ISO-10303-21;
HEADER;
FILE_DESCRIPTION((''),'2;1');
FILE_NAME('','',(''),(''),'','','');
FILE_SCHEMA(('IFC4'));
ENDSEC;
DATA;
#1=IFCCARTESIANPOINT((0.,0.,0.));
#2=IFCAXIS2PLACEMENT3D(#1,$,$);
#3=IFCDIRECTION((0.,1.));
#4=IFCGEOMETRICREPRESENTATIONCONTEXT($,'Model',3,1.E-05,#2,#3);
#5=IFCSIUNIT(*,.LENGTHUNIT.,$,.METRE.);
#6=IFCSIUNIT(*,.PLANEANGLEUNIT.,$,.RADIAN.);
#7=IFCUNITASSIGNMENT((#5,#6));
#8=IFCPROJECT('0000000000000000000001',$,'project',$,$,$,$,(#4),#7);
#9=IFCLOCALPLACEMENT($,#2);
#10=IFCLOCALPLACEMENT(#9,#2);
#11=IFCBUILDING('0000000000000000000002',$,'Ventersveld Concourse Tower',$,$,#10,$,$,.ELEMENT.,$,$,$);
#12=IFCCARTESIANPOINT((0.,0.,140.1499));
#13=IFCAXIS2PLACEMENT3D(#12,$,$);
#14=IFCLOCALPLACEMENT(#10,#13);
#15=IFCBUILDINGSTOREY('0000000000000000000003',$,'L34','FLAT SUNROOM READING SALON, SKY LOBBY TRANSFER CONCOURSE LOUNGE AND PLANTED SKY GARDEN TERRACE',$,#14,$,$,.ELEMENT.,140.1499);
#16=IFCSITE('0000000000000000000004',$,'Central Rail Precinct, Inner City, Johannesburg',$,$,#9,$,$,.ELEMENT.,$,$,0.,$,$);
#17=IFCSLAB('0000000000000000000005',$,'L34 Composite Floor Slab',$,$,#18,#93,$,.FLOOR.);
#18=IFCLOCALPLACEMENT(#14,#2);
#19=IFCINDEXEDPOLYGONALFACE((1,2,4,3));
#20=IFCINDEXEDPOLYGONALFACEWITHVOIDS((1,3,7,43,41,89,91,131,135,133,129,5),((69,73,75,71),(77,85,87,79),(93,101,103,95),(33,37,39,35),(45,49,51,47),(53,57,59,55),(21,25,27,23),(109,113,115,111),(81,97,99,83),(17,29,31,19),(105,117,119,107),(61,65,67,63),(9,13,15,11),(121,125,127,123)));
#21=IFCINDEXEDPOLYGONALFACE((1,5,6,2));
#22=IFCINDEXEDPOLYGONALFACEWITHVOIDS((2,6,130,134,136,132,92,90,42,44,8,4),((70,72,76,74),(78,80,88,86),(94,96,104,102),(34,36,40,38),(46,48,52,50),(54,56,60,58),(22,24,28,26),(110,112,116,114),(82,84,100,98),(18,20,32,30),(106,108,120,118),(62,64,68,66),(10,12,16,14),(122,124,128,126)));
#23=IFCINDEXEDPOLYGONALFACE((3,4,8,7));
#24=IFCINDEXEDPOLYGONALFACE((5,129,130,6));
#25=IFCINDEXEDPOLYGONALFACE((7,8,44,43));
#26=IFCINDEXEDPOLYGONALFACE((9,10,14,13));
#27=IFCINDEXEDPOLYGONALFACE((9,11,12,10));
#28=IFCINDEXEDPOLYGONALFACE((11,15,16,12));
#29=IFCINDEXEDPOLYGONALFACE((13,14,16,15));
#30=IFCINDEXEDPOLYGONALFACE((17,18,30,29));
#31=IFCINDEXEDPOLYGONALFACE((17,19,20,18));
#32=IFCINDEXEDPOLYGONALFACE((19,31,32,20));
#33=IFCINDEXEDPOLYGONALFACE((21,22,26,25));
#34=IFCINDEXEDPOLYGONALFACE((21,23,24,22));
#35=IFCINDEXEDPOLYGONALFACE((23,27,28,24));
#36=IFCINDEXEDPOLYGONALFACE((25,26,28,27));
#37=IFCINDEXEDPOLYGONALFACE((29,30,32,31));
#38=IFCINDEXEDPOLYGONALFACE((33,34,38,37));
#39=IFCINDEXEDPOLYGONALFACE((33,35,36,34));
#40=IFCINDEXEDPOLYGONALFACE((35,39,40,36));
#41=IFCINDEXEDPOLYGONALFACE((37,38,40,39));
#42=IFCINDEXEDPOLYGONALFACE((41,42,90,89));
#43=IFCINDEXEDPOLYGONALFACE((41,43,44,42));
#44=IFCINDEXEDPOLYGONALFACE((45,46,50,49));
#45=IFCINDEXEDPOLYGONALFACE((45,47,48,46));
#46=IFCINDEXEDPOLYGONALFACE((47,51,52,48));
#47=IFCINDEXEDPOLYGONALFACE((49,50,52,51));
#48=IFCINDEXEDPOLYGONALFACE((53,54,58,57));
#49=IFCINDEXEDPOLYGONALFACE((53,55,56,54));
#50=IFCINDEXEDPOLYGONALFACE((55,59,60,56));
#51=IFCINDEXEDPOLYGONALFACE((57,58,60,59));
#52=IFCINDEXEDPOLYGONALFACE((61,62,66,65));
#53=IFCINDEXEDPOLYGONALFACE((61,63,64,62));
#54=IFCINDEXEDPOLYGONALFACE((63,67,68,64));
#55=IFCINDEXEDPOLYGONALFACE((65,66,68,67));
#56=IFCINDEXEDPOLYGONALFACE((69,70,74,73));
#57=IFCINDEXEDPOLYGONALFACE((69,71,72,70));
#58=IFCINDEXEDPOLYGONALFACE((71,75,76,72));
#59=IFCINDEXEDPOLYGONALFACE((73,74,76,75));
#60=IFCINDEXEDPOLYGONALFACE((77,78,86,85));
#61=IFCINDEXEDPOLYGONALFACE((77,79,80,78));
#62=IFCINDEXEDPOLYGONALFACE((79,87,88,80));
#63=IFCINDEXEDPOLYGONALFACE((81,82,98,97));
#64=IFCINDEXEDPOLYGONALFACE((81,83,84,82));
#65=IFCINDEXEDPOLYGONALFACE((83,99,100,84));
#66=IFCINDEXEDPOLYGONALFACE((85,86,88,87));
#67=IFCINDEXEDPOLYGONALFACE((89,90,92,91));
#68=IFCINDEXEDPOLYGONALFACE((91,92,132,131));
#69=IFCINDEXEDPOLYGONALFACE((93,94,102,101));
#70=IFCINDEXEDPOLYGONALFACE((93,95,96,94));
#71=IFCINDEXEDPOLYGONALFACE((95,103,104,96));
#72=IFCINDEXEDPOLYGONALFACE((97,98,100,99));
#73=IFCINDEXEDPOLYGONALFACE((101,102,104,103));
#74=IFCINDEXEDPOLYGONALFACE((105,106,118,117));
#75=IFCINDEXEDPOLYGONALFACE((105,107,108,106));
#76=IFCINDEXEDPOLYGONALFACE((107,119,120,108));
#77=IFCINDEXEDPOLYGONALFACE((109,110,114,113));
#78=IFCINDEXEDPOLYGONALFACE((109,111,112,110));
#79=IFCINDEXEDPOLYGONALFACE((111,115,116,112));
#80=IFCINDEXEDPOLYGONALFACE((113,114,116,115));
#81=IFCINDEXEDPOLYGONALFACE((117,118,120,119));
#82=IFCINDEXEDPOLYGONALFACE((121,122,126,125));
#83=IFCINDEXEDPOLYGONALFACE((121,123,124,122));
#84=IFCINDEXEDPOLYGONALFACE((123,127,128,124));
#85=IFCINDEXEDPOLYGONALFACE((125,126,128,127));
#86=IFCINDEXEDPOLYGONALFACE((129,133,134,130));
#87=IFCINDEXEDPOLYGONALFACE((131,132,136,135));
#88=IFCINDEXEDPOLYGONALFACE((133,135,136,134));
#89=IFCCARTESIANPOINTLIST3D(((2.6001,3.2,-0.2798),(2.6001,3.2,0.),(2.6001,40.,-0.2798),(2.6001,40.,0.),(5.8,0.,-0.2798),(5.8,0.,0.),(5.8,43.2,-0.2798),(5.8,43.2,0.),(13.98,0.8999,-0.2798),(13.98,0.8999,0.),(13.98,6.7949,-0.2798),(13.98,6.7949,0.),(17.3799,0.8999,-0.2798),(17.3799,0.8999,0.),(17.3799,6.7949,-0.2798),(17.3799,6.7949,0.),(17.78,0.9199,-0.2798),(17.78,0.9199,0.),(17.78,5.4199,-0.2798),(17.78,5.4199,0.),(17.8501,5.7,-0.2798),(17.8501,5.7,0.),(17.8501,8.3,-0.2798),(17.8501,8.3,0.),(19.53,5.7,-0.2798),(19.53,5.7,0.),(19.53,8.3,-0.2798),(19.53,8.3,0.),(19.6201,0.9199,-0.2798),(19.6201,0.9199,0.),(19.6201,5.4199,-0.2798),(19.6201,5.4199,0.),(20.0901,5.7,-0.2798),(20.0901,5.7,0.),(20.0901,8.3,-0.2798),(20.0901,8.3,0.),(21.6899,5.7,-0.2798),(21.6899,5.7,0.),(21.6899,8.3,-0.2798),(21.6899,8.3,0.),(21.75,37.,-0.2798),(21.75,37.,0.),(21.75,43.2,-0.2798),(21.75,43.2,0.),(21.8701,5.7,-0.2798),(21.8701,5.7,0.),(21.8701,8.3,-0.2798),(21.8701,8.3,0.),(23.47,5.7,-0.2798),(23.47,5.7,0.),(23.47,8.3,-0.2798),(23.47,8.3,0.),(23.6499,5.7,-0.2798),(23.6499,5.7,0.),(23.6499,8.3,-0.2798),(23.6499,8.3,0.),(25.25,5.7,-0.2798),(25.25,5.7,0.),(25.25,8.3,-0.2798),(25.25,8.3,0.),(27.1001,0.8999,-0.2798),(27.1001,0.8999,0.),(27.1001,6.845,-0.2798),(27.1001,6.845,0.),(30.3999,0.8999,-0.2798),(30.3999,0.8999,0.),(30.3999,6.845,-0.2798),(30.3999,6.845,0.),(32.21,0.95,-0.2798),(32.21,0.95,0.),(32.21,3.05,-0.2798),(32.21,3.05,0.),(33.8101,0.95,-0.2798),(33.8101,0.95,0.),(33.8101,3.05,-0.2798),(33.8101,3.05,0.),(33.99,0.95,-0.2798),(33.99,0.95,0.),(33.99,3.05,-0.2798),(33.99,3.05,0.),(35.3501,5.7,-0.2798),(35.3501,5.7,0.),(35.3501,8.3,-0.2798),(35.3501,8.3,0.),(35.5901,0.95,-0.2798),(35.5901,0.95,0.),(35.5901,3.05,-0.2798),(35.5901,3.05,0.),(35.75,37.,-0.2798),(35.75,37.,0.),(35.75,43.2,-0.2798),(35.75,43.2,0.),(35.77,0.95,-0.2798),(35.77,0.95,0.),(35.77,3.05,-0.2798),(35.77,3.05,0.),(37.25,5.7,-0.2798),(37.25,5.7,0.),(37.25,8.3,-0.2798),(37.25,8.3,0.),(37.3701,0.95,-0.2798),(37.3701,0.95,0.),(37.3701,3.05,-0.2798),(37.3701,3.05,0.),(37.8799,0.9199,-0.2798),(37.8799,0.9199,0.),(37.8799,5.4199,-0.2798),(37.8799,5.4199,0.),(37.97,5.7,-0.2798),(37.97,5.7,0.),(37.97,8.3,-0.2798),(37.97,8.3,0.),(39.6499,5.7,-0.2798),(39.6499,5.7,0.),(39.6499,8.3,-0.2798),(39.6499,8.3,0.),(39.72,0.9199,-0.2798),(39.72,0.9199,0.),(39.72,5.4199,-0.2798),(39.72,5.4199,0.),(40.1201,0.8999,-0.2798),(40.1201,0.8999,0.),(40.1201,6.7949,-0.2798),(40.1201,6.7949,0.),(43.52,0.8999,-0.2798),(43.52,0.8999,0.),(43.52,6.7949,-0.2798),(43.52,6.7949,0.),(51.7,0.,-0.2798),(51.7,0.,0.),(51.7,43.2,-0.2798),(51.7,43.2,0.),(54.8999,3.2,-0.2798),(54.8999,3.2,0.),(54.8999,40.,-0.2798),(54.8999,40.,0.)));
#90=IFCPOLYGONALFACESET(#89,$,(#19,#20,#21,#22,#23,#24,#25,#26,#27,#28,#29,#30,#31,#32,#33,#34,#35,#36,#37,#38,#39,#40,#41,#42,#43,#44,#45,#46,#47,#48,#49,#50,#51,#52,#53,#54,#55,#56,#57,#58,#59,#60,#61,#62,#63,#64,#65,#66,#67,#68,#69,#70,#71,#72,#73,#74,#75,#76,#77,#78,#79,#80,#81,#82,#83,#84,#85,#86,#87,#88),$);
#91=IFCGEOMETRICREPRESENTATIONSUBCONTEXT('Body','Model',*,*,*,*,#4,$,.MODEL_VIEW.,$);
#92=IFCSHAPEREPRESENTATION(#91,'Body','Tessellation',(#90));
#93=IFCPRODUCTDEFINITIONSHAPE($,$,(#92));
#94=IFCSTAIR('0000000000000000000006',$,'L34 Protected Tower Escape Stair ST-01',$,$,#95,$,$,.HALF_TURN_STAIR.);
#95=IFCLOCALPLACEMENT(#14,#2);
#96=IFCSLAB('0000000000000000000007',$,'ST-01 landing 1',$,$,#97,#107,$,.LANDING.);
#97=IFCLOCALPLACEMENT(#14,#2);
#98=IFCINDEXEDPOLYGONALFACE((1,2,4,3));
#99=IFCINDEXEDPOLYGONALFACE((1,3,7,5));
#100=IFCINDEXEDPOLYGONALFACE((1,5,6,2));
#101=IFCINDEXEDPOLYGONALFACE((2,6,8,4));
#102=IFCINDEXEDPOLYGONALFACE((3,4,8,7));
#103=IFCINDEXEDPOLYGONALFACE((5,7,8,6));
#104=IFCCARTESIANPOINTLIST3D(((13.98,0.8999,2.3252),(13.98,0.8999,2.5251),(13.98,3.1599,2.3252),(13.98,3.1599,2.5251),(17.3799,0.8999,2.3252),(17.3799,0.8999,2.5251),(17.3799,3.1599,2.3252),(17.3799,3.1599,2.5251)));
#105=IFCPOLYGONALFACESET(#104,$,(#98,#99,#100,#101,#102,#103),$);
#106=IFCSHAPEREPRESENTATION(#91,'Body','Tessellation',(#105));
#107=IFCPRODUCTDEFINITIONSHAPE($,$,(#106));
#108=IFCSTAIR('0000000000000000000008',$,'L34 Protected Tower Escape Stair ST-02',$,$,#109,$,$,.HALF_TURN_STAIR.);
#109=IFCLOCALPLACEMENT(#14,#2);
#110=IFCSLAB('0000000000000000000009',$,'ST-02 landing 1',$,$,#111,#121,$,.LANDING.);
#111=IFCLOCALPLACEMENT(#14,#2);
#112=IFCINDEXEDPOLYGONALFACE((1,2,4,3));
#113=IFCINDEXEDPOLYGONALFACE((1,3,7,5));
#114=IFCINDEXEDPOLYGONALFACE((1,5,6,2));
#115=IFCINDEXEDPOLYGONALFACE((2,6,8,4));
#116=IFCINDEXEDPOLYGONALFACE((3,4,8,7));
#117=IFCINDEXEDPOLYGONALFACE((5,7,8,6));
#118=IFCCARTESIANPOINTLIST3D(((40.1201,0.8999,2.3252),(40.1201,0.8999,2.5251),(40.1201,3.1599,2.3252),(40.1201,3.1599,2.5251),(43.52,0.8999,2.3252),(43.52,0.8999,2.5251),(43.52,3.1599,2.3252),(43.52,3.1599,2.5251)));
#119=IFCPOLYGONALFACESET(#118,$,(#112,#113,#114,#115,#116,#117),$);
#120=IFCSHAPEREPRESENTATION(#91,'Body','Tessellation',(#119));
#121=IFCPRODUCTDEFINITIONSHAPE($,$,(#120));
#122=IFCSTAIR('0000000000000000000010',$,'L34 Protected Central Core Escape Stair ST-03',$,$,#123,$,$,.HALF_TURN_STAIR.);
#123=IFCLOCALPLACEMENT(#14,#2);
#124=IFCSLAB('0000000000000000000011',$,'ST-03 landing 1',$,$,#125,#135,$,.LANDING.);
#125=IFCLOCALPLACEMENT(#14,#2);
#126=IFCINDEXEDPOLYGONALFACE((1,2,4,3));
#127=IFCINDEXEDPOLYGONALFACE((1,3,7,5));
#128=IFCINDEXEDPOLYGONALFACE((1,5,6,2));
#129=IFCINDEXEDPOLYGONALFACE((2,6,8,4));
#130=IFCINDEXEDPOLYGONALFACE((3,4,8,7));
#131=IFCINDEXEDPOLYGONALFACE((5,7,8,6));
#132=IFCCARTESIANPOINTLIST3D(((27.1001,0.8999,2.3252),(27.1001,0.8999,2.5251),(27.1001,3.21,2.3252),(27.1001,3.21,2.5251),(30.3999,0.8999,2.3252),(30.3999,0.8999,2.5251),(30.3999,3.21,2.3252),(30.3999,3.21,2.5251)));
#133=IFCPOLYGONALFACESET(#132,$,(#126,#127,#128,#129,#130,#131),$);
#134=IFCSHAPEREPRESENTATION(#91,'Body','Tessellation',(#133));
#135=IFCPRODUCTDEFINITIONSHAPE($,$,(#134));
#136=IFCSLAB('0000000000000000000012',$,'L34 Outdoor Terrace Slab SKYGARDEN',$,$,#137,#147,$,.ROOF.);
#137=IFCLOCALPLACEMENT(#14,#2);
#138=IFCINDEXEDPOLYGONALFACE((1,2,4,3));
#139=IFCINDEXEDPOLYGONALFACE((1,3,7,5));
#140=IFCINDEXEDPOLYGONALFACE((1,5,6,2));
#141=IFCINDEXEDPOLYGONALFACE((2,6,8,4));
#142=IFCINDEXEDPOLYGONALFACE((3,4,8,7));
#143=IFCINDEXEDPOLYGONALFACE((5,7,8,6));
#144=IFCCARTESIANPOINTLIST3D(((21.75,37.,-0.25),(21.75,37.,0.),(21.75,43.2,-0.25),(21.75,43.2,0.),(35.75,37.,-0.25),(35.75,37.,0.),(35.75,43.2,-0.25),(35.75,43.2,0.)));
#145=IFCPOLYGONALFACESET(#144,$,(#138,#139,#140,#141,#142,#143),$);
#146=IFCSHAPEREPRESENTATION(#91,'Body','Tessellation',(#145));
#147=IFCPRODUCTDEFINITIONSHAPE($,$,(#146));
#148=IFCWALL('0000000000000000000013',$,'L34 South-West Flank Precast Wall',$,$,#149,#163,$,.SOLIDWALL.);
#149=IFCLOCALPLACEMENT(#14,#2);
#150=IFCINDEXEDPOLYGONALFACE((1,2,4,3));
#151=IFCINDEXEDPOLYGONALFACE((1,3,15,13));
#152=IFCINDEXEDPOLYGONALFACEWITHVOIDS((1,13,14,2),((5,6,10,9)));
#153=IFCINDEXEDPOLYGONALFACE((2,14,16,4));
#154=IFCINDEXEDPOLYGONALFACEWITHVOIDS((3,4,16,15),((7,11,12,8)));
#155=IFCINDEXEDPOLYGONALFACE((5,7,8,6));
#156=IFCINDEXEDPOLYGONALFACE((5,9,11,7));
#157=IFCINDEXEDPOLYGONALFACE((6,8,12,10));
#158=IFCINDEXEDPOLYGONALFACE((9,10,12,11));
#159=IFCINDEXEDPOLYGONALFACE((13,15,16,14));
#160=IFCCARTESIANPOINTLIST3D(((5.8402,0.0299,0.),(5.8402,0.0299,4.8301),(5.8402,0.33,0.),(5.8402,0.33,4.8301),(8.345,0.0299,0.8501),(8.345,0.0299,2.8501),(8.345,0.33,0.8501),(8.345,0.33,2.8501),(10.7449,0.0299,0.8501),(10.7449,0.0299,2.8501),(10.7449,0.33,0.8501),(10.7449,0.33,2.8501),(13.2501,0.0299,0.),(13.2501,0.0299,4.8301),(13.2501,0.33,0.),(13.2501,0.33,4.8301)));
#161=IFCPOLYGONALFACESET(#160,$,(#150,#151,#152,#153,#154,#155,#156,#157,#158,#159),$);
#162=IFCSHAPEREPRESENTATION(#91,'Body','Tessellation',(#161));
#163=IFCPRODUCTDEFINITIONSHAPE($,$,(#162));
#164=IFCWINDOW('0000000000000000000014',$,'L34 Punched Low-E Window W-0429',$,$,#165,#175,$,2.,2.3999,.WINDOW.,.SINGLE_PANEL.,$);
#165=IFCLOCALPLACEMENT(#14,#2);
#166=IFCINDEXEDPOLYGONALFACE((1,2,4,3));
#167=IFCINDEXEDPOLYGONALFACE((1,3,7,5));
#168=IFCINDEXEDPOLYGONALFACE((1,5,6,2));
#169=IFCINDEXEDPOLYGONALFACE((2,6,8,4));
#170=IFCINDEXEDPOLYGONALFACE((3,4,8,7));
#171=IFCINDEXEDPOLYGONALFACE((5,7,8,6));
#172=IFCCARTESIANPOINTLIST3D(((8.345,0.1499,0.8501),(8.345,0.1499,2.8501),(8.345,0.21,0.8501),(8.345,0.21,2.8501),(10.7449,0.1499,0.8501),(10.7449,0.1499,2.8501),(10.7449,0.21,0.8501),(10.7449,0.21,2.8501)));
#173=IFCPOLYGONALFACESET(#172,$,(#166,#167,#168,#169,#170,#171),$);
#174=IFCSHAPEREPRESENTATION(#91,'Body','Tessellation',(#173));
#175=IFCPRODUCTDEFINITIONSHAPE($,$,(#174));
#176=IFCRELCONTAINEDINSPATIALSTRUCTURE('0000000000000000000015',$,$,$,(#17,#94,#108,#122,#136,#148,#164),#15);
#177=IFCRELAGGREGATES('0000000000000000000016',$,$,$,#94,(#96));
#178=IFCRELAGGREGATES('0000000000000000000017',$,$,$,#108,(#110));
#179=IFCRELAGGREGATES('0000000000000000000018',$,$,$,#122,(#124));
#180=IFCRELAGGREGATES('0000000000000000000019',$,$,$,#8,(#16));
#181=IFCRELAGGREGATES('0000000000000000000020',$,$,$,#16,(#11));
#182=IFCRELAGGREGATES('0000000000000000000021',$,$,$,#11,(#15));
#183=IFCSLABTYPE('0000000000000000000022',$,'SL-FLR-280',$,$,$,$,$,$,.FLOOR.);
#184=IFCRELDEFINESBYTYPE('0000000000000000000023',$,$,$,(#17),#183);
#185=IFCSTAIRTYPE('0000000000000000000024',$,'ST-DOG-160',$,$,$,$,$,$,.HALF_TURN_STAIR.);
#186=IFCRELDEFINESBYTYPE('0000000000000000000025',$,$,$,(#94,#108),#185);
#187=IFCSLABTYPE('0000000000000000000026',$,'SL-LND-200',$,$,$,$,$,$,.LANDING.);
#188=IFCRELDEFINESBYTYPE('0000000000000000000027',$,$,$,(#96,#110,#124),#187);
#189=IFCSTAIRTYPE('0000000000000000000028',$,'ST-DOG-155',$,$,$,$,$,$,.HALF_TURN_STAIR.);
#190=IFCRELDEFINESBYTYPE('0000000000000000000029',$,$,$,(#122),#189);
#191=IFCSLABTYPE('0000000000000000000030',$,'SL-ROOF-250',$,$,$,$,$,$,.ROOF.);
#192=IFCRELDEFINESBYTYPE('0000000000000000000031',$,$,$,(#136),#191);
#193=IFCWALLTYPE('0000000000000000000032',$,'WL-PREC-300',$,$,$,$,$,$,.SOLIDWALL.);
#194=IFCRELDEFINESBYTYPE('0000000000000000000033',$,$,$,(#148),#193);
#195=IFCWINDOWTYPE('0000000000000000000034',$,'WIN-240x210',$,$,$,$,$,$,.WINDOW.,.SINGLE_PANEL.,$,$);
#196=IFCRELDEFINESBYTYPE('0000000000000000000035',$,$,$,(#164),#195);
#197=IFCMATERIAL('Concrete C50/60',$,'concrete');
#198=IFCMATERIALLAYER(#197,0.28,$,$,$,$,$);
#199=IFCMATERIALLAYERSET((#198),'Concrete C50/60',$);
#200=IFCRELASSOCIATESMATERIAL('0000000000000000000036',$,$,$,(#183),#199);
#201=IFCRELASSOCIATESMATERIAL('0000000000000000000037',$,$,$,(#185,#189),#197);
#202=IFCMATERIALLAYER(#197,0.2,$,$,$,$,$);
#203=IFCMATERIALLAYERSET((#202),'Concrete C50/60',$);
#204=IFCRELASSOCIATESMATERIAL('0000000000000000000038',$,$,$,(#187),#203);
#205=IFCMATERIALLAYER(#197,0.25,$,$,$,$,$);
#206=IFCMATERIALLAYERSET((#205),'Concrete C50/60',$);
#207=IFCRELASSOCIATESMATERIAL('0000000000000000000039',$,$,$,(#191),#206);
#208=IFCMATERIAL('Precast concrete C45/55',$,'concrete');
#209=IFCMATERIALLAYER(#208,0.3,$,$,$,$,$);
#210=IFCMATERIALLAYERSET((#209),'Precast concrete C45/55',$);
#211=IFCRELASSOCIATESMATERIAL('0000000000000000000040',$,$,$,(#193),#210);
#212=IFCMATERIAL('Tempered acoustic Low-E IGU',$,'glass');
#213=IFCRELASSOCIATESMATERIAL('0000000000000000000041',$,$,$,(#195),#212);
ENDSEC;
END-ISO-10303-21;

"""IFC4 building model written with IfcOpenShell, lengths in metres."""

from ifc_helpers import new_model, si_unit, direction, frame, frame_2d, origin, place, context, subcontext, project, spatial, polyline, rectangle, outline, extrude, material, layer, layer_set, type_object, element, fill, aggregate, save


model = new_model("IFC4")

# Units and contexts
model_context = context("Model", 3, precision=1e-05, world=origin(), true_north=direction((0.0, 1.0)))
body_context = subcontext(model_context, "Body", "Model", "MODEL_VIEW")
ifc_project = project(units=[si_unit("LENGTHUNIT", "METRE"), si_unit("PLANEANGLEUNIT", "RADIAN")], contexts=[model_context])

# Site, building, storey
site_placement = place(None, origin())
site = spatial("IfcSite", under=ifc_project, at=site_placement, Name="Central Rail Precinct, Inner City, Johannesburg", CompositionType="ELEMENT", RefElevation=0.0)
building_placement = place(site_placement, origin())
building = spatial("IfcBuilding", under=site, at=building_placement, Name="Ventersveld Concourse Tower", CompositionType="ELEMENT")
storey_placement = place(building_placement, frame((0.0, 0.0, 140.1499)))
storey = spatial("IfcBuildingStorey", under=building, at=storey_placement, Name="L34", Description="FLAT SUNROOM READING SALON, SKY LOBBY TRANSFER CONCOURSE LOUNGE AND PLANTED SKY GARDEN TERRACE", CompositionType="ELEMENT", Elevation=140.1499)

# Slab
ifc_material_1 = material(Name="Concrete C50/60", Category="concrete")
ifc_layer_1 = layer(ifc_material_1, 0.28)
ifc_layer_set_1 = layer_set([ifc_layer_1], Name="Concrete C50/60")
slab_type_1 = type_object("IfcSlabType", Name="SL-FLR-280", PredefinedType="FLOOR", material=ifc_layer_set_1)
slab_1_placement = place(storey_placement, frame((0.0, 0.0, -0.2798)))
element("IfcSlab", 1, at=slab_1_placement, inside=storey, type_object=slab_type_1, Name="L34 Composite Floor Slab", PredefinedType="FLOOR", context=body_context, shape_type="SweptSolid", body=[
    extrude(outline(polyline([(5.8, 0.0), (51.7, 0.0), (54.8999, 3.2), (54.8999, 40.0), (51.7, 43.2), (35.75, 43.2), (35.75, 37.0), (21.75, 37.0), (21.75, 43.2), (5.8, 43.2), (2.6001, 40.0), (2.6001, 3.2), (5.8, 0.0)]), holes=[polyline([(13.98, 6.7949), (13.98, 0.8999), (17.3799, 0.8999), (17.3799, 6.7949), (13.98, 6.7949)]), polyline([(40.1201, 6.7949), (40.1201, 0.8999), (43.52, 0.8999), (43.52, 6.7949), (40.1201, 6.7949)]), polyline([(27.1001, 6.845), (27.1001, 0.8999), (30.3999, 0.8999), (30.3999, 6.845), (27.1001, 6.845)]), polyline([(17.8501, 5.7), (19.53, 5.7), (19.53, 8.3), (17.8501, 8.3), (17.8501, 5.7)]), polyline([(37.97, 5.7), (39.6499, 5.7), (39.6499, 8.3), (37.97, 8.3), (37.97, 5.7)]), polyline([(35.3501, 5.7), (37.25, 5.7), (37.25, 8.3), (35.3501, 8.3), (35.3501, 5.7)]), polyline([(32.21, 0.95), (33.8101, 0.95), (33.8101, 3.05), (32.21, 3.05), (32.21, 0.95)]), polyline([(33.99, 0.95), (35.5901, 0.95), (35.5901, 3.05), (33.99, 3.05), (33.99, 0.95)]), polyline([(35.77, 0.95), (37.3701, 0.95), (37.3701, 3.05), (35.77, 3.05), (35.77, 0.95)]), polyline([(20.0901, 5.7), (21.6899, 5.7), (21.6899, 8.3), (20.0901, 8.3), (20.0901, 5.7)]), polyline([(21.8701, 5.7), (23.47, 5.7), (23.47, 8.3), (21.8701, 8.3), (21.8701, 5.7)]), polyline([(23.6499, 5.7), (25.25, 5.7), (25.25, 8.3), (23.6499, 8.3), (23.6499, 5.7)]), polyline([(17.78, 0.9199), (19.6201, 0.9199), (19.6201, 5.4199), (17.78, 5.4199), (17.78, 0.9199)]), polyline([(37.8799, 0.9199), (39.72, 0.9199), (39.72, 5.4199), (37.8799, 5.4199), (37.8799, 0.9199)])]), origin(), (0.0, 0.0, 1.0), 0.2798),
])

# Stairs, slabs
stair_type_1 = type_object("IfcStairType", Name="ST-DOG-160", PredefinedType="HALF_TURN_STAIR", material=ifc_material_1)
stair_1_placement = place(storey_placement, origin())
stair_1 = element("IfcStair", 2, at=stair_1_placement, inside=storey, type_object=stair_type_1, Name="L34 Protected Tower Escape Stair ST-01", PredefinedType="HALF_TURN_STAIR")
ifc_layer_2 = layer(ifc_material_1, 0.2)
ifc_layer_set_2 = layer_set([ifc_layer_2], Name="Concrete C50/60")
slab_type_2 = type_object("IfcSlabType", Name="SL-LND-200", PredefinedType="LANDING", material=ifc_layer_set_2)
slab_2_placement = place(storey_placement, frame((0.0, 0.0, 2.3252)))
slab_2 = element("IfcSlab", 3, at=slab_2_placement, type_object=slab_type_2, Name="ST-01 landing 1", PredefinedType="LANDING", context=body_context, shape_type="SweptSolid", body=[
    extrude(outline(polyline([(13.98, 3.1599), (13.98, 0.8999), (17.3799, 0.8999), (17.3799, 3.1599), (13.98, 3.1599)])), origin(), (0.0, 0.0, 1.0), 0.2),
])
aggregate(stair_1, [slab_2])
stair_2_placement = place(storey_placement, origin())
stair_2 = element("IfcStair", 4, at=stair_2_placement, inside=storey, type_object=stair_type_1, Name="L34 Protected Tower Escape Stair ST-02", PredefinedType="HALF_TURN_STAIR")
slab_3_placement = place(storey_placement, frame((0.0, 0.0, 2.3252)))
slab_3 = element("IfcSlab", 5, at=slab_3_placement, type_object=slab_type_2, Name="ST-02 landing 1", PredefinedType="LANDING", context=body_context, shape_type="SweptSolid", body=[
    extrude(outline(polyline([(40.1201, 3.1599), (40.1201, 0.8999), (43.52, 0.8999), (43.52, 3.1599), (40.1201, 3.1599)])), origin(), (0.0, 0.0, 1.0), 0.2),
])
aggregate(stair_2, [slab_3])
stair_type_2 = type_object("IfcStairType", Name="ST-DOG-155", PredefinedType="HALF_TURN_STAIR", material=ifc_material_1)
stair_3_placement = place(storey_placement, origin())
stair_3 = element("IfcStair", 6, at=stair_3_placement, inside=storey, type_object=stair_type_2, Name="L34 Protected Central Core Escape Stair ST-03", PredefinedType="HALF_TURN_STAIR")
slab_4_placement = place(storey_placement, frame((0.0, 0.0, 2.3252)))
slab_4 = element("IfcSlab", 7, at=slab_4_placement, type_object=slab_type_2, Name="ST-03 landing 1", PredefinedType="LANDING", context=body_context, shape_type="SweptSolid", body=[
    extrude(outline(polyline([(27.1001, 3.21), (27.1001, 0.8999), (30.3999, 0.8999), (30.3999, 3.21), (27.1001, 3.21)])), origin(), (0.0, 0.0, 1.0), 0.2),
])
aggregate(stair_3, [slab_4])

# Slab
ifc_layer_3 = layer(ifc_material_1, 0.25)
ifc_layer_set_3 = layer_set([ifc_layer_3], Name="Concrete C50/60")
slab_type_3 = type_object("IfcSlabType", Name="SL-ROOF-250", PredefinedType="ROOF", material=ifc_layer_set_3)
slab_5_placement = place(storey_placement, frame((0.0, 0.0, -0.25)))
element("IfcSlab", 8, at=slab_5_placement, inside=storey, type_object=slab_type_3, Name="L34 Outdoor Terrace Slab SKYGARDEN", PredefinedType="ROOF", context=body_context, shape_type="SweptSolid", body=[
    extrude(outline(polyline([(21.75, 37.0), (35.75, 37.0), (35.75, 43.2), (21.75, 43.2), (21.75, 37.0)])), origin(), (0.0, 0.0, 1.0), 0.25),
])

# Wall, opening, window
ifc_material_2 = material(Name="Precast concrete C45/55", Category="concrete")
ifc_layer_4 = layer(ifc_material_2, 0.3)
ifc_layer_set_4 = layer_set([ifc_layer_4], Name="Precast concrete C45/55")
wall_type = type_object("IfcWallType", Name="WL-PREC-300", PredefinedType="SOLIDWALL", material=ifc_layer_set_4)
wall_1_placement = place(storey_placement, frame((5.8401, 0.1799, 0.0), z_axis=(0.0, 0.0, 1.0), x_axis=(1.0, 0.0, 0.0)))
wall_1 = element("IfcWall", 9, at=wall_1_placement, inside=storey, type_object=wall_type, Name="L34 South-West Flank Precast Wall", PredefinedType="SOLIDWALL", context=body_context, shape_type="SweptSolid", body=[
    extrude(rectangle(XDim=7.4099, YDim=0.3, at=frame_2d((3.7051, 0.0))), origin(), (0.0, 0.0, 1.0), 4.8301),
])
opening_placement = place(wall_1_placement, frame((2.5049, 0.0, 0.8501)))
opening = element("IfcOpeningElement", 10, at=opening_placement, cuts=wall_1, PredefinedType="OPENING", context=body_context, shape_type="SweptSolid", body=[
    extrude(rectangle(XDim=2.3999, YDim=2.0, at=frame_2d((1.2, 1.0))), frame((0.0, 0.1602, 0.0), z_axis=(0.0, -1.0, 0.0), x_axis=(1.0, 0.0, 0.0)), (0.0, 0.0, 1.0), 0.3201),
])
ifc_material_3 = material(Name="Tempered acoustic Low-E IGU", Category="glass")
window_type = type_object("IfcWindowType", Name="WIN-240x210", PartitioningType="SINGLE_PANEL", PredefinedType="WINDOW", material=ifc_material_3)
window_placement = place(opening_placement, origin())
window = element("IfcWindow", 11, at=window_placement, inside=storey, type_object=window_type, Name="L34 Punched Low-E Window W-0429", OverallHeight=2.0, OverallWidth=2.3999, PartitioningType="SINGLE_PANEL", PredefinedType="WINDOW", context=body_context, shape_type="SweptSolid", body=[
    extrude(rectangle(XDim=2.3999, YDim=2.0, at=frame_2d((1.2, 1.0))), frame((0.0, 0.03, 0.0), z_axis=(0.0, -1.0, 0.0), x_axis=(1.0, 0.0, 0.0)), (0.0, 0.0, 1.0), 0.0601),
])
fill(opening, window)

save(model, "model.ifc")
